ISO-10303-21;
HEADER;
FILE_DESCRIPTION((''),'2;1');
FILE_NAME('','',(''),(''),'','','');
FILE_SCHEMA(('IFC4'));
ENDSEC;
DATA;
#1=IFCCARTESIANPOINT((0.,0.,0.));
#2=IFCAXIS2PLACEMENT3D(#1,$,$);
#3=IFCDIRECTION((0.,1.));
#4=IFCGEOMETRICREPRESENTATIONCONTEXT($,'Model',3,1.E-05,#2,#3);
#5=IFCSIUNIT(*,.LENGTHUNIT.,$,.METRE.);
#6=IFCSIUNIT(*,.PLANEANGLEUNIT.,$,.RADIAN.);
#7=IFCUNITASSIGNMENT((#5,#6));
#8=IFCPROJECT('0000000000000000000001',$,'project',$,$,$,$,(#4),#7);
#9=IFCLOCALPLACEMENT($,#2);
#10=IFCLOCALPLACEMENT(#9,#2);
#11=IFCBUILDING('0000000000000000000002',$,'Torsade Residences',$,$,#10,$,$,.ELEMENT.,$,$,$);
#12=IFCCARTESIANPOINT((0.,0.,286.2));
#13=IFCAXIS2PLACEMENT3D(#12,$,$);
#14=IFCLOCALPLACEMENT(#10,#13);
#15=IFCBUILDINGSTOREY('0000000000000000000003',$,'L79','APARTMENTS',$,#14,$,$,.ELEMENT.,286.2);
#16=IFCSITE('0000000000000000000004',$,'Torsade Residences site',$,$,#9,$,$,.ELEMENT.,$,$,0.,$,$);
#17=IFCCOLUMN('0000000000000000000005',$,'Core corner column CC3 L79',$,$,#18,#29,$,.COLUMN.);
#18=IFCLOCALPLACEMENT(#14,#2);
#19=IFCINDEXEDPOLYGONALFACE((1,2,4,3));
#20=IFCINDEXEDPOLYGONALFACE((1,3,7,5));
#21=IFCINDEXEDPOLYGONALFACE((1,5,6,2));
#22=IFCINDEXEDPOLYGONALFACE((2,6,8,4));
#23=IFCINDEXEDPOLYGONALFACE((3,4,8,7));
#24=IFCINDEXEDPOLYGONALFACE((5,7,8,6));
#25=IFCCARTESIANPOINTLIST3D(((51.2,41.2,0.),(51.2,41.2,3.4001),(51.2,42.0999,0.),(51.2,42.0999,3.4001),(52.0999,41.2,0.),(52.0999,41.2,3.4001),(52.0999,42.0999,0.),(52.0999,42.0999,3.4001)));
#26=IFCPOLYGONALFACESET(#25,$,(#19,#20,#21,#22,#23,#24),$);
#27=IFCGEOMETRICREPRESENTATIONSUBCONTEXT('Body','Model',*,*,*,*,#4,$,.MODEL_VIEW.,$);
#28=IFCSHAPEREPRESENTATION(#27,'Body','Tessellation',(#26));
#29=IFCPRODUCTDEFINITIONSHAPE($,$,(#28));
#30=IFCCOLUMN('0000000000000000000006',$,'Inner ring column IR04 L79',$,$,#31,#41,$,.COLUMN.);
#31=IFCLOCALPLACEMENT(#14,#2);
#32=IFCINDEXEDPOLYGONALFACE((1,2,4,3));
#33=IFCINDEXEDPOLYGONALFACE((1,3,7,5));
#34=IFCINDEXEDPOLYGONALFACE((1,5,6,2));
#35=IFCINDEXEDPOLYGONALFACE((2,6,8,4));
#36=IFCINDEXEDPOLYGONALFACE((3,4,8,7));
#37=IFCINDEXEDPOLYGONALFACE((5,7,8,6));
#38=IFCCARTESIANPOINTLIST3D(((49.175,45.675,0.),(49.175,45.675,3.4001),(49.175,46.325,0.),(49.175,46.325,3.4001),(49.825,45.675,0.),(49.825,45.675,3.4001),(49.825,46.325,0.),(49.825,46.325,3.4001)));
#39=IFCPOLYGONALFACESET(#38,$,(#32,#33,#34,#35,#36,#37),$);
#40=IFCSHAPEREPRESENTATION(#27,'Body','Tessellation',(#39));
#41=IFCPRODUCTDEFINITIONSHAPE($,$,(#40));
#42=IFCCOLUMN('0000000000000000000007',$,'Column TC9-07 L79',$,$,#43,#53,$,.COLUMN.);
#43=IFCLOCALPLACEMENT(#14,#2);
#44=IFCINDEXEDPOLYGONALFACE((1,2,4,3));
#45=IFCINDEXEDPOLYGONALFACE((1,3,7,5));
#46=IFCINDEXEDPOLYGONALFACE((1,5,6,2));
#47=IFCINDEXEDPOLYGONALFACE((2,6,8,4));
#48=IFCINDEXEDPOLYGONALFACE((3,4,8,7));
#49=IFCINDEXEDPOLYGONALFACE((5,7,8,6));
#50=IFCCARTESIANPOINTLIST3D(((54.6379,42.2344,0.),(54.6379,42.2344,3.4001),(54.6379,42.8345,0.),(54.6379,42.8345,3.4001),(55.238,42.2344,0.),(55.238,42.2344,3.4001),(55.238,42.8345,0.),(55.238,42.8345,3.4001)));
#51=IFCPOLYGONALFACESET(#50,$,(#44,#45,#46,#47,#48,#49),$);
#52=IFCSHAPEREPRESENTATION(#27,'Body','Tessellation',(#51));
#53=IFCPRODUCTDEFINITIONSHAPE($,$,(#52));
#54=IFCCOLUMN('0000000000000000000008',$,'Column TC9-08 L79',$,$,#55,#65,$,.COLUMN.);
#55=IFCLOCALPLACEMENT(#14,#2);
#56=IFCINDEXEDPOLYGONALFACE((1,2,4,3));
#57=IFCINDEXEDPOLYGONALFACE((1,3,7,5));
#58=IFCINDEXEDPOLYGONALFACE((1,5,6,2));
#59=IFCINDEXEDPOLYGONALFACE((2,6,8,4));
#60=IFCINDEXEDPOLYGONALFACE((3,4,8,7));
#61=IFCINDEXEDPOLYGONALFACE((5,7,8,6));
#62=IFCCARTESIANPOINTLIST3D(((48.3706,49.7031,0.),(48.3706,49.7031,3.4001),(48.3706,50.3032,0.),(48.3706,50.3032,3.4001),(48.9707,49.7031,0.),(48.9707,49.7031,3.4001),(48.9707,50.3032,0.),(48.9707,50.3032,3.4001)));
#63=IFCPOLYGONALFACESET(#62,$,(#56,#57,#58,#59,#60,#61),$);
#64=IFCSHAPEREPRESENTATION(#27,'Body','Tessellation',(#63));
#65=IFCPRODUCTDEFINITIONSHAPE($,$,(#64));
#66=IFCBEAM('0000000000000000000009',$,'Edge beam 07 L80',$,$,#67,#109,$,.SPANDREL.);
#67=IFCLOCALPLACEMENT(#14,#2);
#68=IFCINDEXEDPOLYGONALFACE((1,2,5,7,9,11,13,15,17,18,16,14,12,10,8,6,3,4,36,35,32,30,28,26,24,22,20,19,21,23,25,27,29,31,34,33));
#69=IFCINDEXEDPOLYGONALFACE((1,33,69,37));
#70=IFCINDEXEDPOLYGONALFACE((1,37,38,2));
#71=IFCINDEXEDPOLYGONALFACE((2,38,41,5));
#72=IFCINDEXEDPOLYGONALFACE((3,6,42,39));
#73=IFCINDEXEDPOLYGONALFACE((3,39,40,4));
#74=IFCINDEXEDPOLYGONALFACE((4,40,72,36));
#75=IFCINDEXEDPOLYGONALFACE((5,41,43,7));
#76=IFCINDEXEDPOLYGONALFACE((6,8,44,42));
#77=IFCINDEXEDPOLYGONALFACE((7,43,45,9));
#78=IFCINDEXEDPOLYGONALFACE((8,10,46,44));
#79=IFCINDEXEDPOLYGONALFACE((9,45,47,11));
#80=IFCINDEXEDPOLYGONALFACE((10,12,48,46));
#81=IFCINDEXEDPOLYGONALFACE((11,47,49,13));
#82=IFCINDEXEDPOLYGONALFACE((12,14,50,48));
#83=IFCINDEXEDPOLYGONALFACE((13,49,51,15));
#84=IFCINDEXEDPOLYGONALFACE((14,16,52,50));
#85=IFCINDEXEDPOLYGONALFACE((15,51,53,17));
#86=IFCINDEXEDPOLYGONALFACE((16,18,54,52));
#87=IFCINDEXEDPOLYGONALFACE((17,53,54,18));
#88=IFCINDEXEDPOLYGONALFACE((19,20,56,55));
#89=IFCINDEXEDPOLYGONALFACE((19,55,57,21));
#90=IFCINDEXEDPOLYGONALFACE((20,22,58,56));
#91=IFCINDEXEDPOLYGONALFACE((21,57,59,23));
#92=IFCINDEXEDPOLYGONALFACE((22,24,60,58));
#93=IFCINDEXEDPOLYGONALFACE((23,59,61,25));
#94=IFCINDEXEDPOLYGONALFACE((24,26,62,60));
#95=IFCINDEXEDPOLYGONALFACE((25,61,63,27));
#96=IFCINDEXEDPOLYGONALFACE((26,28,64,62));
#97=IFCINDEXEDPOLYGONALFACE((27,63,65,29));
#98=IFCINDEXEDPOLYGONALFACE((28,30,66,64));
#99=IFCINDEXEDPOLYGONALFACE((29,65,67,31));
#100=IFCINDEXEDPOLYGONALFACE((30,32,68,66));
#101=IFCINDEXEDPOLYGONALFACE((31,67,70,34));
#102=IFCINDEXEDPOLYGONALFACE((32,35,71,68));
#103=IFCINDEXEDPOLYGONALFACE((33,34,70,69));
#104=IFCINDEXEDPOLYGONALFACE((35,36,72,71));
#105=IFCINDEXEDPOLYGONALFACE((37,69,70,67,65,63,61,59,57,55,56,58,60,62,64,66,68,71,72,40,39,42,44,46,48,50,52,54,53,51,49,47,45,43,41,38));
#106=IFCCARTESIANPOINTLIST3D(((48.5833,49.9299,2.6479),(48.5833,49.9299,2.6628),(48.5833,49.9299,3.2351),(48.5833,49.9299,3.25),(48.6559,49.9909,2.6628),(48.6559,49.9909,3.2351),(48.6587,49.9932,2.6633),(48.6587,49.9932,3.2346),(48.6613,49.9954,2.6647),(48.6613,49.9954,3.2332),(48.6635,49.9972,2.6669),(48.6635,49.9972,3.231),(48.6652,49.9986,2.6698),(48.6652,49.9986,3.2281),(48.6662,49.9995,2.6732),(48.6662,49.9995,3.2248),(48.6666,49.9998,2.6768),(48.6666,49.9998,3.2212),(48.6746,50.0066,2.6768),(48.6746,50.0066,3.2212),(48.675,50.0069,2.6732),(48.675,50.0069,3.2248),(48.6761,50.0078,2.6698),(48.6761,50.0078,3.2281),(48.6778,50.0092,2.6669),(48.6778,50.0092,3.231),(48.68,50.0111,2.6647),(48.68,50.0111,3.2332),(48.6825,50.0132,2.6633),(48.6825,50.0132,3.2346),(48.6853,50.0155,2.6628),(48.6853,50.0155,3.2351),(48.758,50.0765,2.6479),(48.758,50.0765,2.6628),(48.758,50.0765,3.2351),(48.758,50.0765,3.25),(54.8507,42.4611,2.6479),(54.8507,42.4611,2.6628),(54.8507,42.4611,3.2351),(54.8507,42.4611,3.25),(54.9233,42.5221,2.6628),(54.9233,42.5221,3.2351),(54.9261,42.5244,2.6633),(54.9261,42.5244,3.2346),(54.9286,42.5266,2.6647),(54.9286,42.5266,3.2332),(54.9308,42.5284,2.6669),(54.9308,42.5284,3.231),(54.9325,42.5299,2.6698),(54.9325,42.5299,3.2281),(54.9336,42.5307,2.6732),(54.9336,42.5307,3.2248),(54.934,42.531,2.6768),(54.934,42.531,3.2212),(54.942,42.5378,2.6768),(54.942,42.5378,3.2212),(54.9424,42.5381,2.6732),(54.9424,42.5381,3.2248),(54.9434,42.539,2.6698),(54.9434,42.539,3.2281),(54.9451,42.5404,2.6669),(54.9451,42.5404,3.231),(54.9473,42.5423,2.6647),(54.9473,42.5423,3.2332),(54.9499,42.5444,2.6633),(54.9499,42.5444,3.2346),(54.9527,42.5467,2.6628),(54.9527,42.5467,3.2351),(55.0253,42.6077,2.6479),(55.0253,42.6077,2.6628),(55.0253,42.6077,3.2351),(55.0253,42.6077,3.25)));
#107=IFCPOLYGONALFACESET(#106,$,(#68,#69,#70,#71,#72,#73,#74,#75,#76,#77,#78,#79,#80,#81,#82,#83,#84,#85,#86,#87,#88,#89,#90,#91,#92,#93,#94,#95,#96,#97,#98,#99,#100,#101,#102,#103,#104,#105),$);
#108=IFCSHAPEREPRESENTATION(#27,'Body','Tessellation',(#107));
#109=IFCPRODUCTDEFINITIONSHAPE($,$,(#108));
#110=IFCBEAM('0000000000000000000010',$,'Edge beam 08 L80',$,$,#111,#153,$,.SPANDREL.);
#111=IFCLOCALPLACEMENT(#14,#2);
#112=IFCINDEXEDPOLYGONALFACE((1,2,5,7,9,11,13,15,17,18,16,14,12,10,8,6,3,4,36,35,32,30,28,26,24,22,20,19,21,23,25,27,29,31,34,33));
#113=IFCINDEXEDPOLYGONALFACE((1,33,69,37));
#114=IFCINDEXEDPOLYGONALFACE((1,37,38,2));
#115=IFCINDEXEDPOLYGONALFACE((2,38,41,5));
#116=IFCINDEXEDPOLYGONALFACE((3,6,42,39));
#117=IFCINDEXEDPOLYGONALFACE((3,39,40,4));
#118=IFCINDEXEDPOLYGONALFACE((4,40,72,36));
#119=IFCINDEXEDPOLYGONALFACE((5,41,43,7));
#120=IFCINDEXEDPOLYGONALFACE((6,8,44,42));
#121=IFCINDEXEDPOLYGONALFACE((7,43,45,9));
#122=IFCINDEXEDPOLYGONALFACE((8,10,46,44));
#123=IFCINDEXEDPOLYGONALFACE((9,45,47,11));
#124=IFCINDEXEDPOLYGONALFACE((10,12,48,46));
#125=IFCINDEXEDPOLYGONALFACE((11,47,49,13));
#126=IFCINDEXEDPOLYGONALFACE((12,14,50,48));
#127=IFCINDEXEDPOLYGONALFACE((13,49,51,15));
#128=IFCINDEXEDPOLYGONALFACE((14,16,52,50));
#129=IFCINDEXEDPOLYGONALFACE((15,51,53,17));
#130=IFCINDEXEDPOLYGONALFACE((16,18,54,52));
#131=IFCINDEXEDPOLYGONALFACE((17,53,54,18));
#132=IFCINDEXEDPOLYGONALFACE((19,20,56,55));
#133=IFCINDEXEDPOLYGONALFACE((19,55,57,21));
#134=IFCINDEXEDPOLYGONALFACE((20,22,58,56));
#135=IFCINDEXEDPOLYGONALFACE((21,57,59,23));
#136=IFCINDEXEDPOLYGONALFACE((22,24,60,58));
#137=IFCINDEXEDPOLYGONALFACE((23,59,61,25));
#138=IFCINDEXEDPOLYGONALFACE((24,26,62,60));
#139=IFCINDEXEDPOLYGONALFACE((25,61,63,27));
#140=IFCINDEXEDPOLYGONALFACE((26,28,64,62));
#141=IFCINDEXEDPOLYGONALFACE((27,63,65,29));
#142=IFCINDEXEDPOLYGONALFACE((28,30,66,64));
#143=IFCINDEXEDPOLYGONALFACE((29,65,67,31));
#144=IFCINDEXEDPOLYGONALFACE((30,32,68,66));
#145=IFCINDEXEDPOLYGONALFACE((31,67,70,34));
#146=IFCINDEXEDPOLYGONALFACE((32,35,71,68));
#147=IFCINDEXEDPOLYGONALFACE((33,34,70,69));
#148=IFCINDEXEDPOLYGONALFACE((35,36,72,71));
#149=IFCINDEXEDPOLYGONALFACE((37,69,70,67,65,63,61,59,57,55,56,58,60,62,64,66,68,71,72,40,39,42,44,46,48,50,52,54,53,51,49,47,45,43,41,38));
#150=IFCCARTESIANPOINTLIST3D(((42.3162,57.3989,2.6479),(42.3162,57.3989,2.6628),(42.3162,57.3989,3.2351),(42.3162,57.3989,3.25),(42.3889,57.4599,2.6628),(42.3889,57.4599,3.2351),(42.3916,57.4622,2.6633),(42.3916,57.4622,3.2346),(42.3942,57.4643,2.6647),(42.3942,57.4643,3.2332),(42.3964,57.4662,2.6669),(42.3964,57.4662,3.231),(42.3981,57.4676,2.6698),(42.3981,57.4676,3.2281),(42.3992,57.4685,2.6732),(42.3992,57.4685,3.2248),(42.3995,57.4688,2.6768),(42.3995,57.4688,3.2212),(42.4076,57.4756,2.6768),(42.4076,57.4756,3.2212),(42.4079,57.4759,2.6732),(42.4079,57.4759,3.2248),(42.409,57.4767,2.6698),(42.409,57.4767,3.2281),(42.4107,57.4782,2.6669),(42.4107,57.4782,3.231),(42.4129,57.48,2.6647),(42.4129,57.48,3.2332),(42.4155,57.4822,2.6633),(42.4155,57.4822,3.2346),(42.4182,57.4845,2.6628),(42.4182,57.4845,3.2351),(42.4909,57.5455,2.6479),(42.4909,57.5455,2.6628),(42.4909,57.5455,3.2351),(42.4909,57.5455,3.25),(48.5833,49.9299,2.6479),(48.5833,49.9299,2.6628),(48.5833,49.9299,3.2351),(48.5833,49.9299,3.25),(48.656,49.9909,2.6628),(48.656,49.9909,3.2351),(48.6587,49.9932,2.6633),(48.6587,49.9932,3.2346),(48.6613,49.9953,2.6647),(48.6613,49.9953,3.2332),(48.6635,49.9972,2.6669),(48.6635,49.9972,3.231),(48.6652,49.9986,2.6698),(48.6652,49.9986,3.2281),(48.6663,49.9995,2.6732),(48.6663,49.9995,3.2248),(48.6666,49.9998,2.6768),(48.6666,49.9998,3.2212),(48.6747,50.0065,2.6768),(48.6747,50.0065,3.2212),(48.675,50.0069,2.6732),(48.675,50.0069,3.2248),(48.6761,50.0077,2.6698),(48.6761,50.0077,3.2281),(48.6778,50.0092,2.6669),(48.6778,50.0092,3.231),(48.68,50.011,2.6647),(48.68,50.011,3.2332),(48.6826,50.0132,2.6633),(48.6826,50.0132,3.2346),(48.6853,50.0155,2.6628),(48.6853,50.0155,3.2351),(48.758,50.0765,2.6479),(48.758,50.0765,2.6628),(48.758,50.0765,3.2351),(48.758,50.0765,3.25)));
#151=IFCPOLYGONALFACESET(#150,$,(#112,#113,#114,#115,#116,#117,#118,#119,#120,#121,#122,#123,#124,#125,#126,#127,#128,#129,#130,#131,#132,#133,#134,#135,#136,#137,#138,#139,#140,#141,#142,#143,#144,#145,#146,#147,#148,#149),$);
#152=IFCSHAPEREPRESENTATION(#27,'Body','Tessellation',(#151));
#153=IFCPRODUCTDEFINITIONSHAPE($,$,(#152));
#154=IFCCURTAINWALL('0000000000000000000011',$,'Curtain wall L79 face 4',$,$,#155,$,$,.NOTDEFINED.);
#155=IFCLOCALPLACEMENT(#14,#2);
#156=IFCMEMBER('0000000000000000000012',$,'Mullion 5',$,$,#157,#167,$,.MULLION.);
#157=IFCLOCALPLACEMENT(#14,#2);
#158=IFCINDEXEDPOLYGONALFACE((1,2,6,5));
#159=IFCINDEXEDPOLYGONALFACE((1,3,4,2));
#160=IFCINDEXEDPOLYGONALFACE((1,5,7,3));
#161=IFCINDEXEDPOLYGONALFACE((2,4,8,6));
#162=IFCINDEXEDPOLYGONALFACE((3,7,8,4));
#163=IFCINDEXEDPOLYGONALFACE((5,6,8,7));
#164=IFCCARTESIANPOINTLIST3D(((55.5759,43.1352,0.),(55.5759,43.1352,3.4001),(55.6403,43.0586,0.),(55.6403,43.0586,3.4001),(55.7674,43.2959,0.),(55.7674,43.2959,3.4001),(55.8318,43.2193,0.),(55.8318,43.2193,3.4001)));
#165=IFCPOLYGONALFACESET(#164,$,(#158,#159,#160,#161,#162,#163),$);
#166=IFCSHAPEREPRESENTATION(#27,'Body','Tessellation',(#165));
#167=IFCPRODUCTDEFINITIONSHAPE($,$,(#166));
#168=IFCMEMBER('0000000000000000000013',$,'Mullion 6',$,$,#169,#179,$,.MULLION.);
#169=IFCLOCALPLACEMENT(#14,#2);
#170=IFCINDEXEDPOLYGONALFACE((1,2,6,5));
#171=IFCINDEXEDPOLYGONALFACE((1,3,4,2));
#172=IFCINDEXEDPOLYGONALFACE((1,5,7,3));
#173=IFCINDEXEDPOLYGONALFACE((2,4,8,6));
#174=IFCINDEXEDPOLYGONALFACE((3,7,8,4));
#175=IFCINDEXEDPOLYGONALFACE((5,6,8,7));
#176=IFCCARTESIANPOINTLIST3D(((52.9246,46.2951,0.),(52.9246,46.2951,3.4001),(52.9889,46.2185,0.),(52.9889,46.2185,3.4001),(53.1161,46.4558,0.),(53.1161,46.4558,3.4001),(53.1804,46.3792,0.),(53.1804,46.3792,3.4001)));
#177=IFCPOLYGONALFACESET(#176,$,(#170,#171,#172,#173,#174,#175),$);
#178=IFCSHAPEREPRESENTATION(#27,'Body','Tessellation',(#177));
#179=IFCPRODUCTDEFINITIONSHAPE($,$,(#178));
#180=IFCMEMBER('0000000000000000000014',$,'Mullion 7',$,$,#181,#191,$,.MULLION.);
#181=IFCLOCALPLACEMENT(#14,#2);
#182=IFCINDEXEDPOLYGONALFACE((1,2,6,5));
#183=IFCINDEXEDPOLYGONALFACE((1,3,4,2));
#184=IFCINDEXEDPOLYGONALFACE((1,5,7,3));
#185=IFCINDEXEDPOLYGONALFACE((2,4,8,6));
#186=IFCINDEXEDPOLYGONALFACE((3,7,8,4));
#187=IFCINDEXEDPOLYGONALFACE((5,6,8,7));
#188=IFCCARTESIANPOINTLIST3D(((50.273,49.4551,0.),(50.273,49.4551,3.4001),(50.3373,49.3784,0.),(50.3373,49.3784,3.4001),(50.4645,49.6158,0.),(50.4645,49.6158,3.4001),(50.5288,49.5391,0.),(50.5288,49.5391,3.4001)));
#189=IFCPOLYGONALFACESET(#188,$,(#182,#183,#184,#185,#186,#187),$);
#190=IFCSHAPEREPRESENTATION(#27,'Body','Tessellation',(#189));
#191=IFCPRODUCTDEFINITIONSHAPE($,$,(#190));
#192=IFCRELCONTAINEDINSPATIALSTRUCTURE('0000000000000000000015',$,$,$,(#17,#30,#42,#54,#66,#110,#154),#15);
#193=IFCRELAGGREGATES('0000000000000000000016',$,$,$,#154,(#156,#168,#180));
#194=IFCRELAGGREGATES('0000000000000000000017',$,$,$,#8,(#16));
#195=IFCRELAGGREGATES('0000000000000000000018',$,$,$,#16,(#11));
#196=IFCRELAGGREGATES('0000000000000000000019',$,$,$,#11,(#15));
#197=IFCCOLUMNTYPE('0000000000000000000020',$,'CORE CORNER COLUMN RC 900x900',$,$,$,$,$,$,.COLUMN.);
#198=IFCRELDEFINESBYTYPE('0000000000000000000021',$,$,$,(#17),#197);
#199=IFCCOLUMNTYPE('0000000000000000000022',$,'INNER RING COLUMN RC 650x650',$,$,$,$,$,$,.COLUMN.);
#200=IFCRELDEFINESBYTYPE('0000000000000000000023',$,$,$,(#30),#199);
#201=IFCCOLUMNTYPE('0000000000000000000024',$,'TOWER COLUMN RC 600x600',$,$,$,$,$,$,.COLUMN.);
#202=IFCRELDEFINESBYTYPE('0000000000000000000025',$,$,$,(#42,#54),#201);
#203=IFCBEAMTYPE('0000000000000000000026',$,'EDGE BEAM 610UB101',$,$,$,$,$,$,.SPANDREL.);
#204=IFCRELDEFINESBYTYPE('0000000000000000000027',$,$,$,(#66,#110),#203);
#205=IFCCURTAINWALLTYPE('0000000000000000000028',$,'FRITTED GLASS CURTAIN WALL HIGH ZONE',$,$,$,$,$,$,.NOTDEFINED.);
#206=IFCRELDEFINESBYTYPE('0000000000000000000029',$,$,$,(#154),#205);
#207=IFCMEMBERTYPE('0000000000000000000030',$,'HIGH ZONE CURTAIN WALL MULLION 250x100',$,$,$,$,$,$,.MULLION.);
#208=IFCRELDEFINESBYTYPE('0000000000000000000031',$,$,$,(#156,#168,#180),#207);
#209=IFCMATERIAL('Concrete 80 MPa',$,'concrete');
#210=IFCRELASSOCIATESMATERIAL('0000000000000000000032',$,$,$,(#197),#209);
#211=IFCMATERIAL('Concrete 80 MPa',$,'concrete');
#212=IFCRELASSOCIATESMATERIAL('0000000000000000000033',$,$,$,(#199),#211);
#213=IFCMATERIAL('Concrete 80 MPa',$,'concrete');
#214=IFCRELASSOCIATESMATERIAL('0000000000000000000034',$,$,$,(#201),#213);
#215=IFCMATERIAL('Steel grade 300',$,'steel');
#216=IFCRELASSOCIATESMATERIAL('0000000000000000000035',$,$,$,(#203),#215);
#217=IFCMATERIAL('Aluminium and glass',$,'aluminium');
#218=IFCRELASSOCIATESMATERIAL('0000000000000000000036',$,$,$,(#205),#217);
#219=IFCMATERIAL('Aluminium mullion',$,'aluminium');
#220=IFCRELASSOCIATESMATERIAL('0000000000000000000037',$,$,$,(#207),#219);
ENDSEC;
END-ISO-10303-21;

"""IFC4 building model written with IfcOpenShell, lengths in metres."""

from ifc_helpers import new_model, si_unit, direction, frame, origin, origin_2d, place, context, subcontext, project, spatial, rectangle, i_section, extrude, material, material_profile, profile_set, type_object, element, aggregate, save


model = new_model("IFC4")

# Units and contexts
model_context = context("Model", 3, precision=1e-05, world=origin(), true_north=direction((0.0, 1.0)))
body_context = subcontext(model_context, "Body", "Model", "MODEL_VIEW")
ifc_project = project(units=[si_unit("LENGTHUNIT", "METRE"), si_unit("PLANEANGLEUNIT", "RADIAN")], contexts=[model_context])

# Site, building, storey
site_placement = place(None, origin())
site = spatial("IfcSite", under=ifc_project, at=site_placement, Name="Torsade Residences site", CompositionType="ELEMENT", RefElevation=0.0)
building_placement = place(site_placement, origin())
building = spatial("IfcBuilding", under=site, at=building_placement, Name="Torsade Residences", CompositionType="ELEMENT")
storey_placement = place(building_placement, frame((0.0, 0.0, 286.2)))
storey = spatial("IfcBuildingStorey", under=building, at=storey_placement, Name="L79", Description="APARTMENTS", CompositionType="ELEMENT", Elevation=286.2)

# Columns
ifc_material_1 = material(Name="Concrete 80 MPa", Category="concrete")
ifc_material_profile_1 = material_profile(ifc_material_1, rectangle(XDim=0.8999, YDim=0.8999, at=origin_2d()), Name="RC 900x900")
ifc_profile_set_1 = profile_set([ifc_material_profile_1], Name="Concrete 80 MPa")
column_type_1 = type_object("IfcColumnType", Name="CORE CORNER COLUMN RC 900x900", PredefinedType="COLUMN", material=ifc_profile_set_1)
column_1_placement = place(storey_placement, frame((51.6499, 41.6499, 0.0), z_axis=(0.0, 0.0, 1.0), x_axis=(1.0, 0.0, 0.0)))
element("IfcColumn", 1, at=column_1_placement, inside=storey, type_object=column_type_1, Name="Core corner column CC3 L79", PredefinedType="COLUMN", context=body_context, shape_type="SweptSolid", body=[
    extrude(rectangle(XDim=0.8999, YDim=0.8999, at=origin_2d()), origin(), (0.0, 0.0, 1.0), 3.4001),
])
ifc_material_2 = material(Name="Concrete 80 MPa", Category="concrete")
ifc_material_profile_2 = material_profile(ifc_material_2, rectangle(XDim=0.6499, YDim=0.6499, at=origin_2d()), Name="RC 650x650")
ifc_profile_set_2 = profile_set([ifc_material_profile_2], Name="Concrete 80 MPa")
column_type_2 = type_object("IfcColumnType", Name="INNER RING COLUMN RC 650x650", PredefinedType="COLUMN", material=ifc_profile_set_2)
column_2_placement = place(storey_placement, frame((49.5, 46.0, 0.0), z_axis=(0.0, 0.0, 1.0), x_axis=(1.0, 0.0, 0.0)))
element("IfcColumn", 2, at=column_2_placement, inside=storey, type_object=column_type_2, Name="Inner ring column IR04 L79", PredefinedType="COLUMN", context=body_context, shape_type="SweptSolid", body=[
    extrude(rectangle(XDim=0.6499, YDim=0.6499, at=origin_2d()), origin(), (0.0, 0.0, 1.0), 3.4001),
])
ifc_material_3 = material(Name="Concrete 80 MPa", Category="concrete")
ifc_material_profile_3 = material_profile(ifc_material_3, rectangle(XDim=0.6001, YDim=0.6001, at=origin_2d()), Name="RC 600x600")
ifc_profile_set_3 = profile_set([ifc_material_profile_3], Name="Concrete 80 MPa")
column_type_3 = type_object("IfcColumnType", Name="TOWER COLUMN RC 600x600", PredefinedType="COLUMN", material=ifc_profile_set_3)
for number, where, z_axis, x_axis, name in (
    (3, (54.938, 42.5344, 0.0), (0.0, 0.0, 1.0), (1.0, 0.0, 0.0), "Column TC9-07 L79"),
    (4, (48.6707, 50.0032, 0.0), (0.0, 0.0, 1.0), (1.0, 0.0, 0.0), "Column TC9-08 L79"),
):
    element("IfcColumn", number, at=place(storey_placement, frame(where, z_axis=z_axis, x_axis=x_axis)), inside=storey, type_object=column_type_3, Name=name, PredefinedType="COLUMN", context=body_context, shape_type="SweptSolid", body=[
        extrude(rectangle(XDim=0.6001, YDim=0.6001, at=origin_2d()), origin(), (0.0, 0.0, 1.0), 3.4001),
    ])

# Beams
ifc_material_4 = material(Name="Steel grade 300", Category="steel")
ifc_material_profile_4 = material_profile(ifc_material_4, i_section(OverallWidth=0.228, OverallDepth=0.6021, WebThickness=0.0105, FlangeThickness=0.0149, FilletRadius=0.0139, at=origin_2d()), Name="610UB101")
ifc_profile_set_4 = profile_set([ifc_material_profile_4], Name="Steel grade 300")
beam_type_1 = type_object("IfcBeamType", Name="EDGE BEAM 610UB101", PredefinedType="SPANDREL", material=ifc_profile_set_4)
for number, where, z_axis, x_axis, name in (
    (5, (54.938, 42.5344, 2.949), (-0.642806, 0.766029, 0.0), (-0.766029, -0.642806, 0.0), "Edge beam 07 L80"),
    (6, (48.6707, 50.0032, 2.949), (-0.642779, 0.766052, 0.0), (-0.766052, -0.642779, 0.0), "Edge beam 08 L80"),
):
    element("IfcBeam", number, at=place(storey_placement, frame(where, z_axis=z_axis, x_axis=x_axis)), inside=storey, type_object=beam_type_1, Name=name, PredefinedType="SPANDREL", context=body_context, shape_type="SweptSolid", body=[
        extrude(i_section(OverallWidth=0.228, OverallDepth=0.6021, WebThickness=0.0105, FlangeThickness=0.0149, FilletRadius=0.0139, at=origin_2d()), origin(), (0.0, 0.0, 1.0), 9.75),
    ])

# Curtain wall, members
ifc_material_5 = material(Name="Aluminium and glass", Category="aluminium")
curtain_wall_type = type_object("IfcCurtainWallType", Name="FRITTED GLASS CURTAIN WALL HIGH ZONE", PredefinedType="NOTDEFINED", material=ifc_material_5)
curtain_wall_placement = place(storey_placement, origin())
curtain_wall = element("IfcCurtainWall", 7, at=curtain_wall_placement, inside=storey, type_object=curtain_wall_type, Name="Curtain wall L79 face 4", PredefinedType="NOTDEFINED")
ifc_material_6 = material(Name="Aluminium mullion", Category="aluminium")
ifc_material_profile_5 = material_profile(ifc_material_6, rectangle(XDim=0.25, YDim=0.1001, at=origin_2d()), Name="HIGH ZONE CURTAIN WALL MULLION 250x100")
ifc_profile_set_5 = profile_set([ifc_material_profile_5], Name="Aluminium mullion")
member_type_1 = type_object("IfcMemberType", Name="HIGH ZONE CURTAIN WALL MULLION 250x100", PredefinedType="MULLION", material=ifc_profile_set_5)
member_1_placement = place(storey_placement, frame((55.7039, 43.1772, 0.0), z_axis=(0.0, 0.0, 1.0), x_axis=(-0.766044, -0.642788, 0.0)))
member_1 = element("IfcMember", 8, at=member_1_placement, type_object=member_type_1, Name="Mullion 5", PredefinedType="MULLION", context=body_context, shape_type="SweptSolid", body=[
    extrude(rectangle(XDim=0.25, YDim=0.1001, at=origin_2d()), origin(), (0.0, 0.0, 1.0), 3.4001),
])
member_2_placement = place(storey_placement, frame((53.0525, 46.3372, 0.0), z_axis=(0.0, 0.0, 1.0), x_axis=(-0.766044, -0.642788, 0.0)))
member_2 = element("IfcMember", 9, at=member_2_placement, type_object=member_type_1, Name="Mullion 6", PredefinedType="MULLION", context=body_context, shape_type="SweptSolid", body=[
    extrude(rectangle(XDim=0.25, YDim=0.1001, at=origin_2d()), origin(), (0.0, 0.0, 1.0), 3.4001),
])
member_3_placement = place(storey_placement, frame((50.4009, 49.4971, 0.0), z_axis=(0.0, 0.0, 1.0), x_axis=(-0.766044, -0.642788, 0.0)))
member_3 = element("IfcMember", 10, at=member_3_placement, type_object=member_type_1, Name="Mullion 7", PredefinedType="MULLION", context=body_context, shape_type="SweptSolid", body=[
    extrude(rectangle(XDim=0.25, YDim=0.1001, at=origin_2d()), origin(), (0.0, 0.0, 1.0), 3.4001),
])

aggregate(curtain_wall, [member_1, member_2, member_3])

save(model, "model.ifc")
